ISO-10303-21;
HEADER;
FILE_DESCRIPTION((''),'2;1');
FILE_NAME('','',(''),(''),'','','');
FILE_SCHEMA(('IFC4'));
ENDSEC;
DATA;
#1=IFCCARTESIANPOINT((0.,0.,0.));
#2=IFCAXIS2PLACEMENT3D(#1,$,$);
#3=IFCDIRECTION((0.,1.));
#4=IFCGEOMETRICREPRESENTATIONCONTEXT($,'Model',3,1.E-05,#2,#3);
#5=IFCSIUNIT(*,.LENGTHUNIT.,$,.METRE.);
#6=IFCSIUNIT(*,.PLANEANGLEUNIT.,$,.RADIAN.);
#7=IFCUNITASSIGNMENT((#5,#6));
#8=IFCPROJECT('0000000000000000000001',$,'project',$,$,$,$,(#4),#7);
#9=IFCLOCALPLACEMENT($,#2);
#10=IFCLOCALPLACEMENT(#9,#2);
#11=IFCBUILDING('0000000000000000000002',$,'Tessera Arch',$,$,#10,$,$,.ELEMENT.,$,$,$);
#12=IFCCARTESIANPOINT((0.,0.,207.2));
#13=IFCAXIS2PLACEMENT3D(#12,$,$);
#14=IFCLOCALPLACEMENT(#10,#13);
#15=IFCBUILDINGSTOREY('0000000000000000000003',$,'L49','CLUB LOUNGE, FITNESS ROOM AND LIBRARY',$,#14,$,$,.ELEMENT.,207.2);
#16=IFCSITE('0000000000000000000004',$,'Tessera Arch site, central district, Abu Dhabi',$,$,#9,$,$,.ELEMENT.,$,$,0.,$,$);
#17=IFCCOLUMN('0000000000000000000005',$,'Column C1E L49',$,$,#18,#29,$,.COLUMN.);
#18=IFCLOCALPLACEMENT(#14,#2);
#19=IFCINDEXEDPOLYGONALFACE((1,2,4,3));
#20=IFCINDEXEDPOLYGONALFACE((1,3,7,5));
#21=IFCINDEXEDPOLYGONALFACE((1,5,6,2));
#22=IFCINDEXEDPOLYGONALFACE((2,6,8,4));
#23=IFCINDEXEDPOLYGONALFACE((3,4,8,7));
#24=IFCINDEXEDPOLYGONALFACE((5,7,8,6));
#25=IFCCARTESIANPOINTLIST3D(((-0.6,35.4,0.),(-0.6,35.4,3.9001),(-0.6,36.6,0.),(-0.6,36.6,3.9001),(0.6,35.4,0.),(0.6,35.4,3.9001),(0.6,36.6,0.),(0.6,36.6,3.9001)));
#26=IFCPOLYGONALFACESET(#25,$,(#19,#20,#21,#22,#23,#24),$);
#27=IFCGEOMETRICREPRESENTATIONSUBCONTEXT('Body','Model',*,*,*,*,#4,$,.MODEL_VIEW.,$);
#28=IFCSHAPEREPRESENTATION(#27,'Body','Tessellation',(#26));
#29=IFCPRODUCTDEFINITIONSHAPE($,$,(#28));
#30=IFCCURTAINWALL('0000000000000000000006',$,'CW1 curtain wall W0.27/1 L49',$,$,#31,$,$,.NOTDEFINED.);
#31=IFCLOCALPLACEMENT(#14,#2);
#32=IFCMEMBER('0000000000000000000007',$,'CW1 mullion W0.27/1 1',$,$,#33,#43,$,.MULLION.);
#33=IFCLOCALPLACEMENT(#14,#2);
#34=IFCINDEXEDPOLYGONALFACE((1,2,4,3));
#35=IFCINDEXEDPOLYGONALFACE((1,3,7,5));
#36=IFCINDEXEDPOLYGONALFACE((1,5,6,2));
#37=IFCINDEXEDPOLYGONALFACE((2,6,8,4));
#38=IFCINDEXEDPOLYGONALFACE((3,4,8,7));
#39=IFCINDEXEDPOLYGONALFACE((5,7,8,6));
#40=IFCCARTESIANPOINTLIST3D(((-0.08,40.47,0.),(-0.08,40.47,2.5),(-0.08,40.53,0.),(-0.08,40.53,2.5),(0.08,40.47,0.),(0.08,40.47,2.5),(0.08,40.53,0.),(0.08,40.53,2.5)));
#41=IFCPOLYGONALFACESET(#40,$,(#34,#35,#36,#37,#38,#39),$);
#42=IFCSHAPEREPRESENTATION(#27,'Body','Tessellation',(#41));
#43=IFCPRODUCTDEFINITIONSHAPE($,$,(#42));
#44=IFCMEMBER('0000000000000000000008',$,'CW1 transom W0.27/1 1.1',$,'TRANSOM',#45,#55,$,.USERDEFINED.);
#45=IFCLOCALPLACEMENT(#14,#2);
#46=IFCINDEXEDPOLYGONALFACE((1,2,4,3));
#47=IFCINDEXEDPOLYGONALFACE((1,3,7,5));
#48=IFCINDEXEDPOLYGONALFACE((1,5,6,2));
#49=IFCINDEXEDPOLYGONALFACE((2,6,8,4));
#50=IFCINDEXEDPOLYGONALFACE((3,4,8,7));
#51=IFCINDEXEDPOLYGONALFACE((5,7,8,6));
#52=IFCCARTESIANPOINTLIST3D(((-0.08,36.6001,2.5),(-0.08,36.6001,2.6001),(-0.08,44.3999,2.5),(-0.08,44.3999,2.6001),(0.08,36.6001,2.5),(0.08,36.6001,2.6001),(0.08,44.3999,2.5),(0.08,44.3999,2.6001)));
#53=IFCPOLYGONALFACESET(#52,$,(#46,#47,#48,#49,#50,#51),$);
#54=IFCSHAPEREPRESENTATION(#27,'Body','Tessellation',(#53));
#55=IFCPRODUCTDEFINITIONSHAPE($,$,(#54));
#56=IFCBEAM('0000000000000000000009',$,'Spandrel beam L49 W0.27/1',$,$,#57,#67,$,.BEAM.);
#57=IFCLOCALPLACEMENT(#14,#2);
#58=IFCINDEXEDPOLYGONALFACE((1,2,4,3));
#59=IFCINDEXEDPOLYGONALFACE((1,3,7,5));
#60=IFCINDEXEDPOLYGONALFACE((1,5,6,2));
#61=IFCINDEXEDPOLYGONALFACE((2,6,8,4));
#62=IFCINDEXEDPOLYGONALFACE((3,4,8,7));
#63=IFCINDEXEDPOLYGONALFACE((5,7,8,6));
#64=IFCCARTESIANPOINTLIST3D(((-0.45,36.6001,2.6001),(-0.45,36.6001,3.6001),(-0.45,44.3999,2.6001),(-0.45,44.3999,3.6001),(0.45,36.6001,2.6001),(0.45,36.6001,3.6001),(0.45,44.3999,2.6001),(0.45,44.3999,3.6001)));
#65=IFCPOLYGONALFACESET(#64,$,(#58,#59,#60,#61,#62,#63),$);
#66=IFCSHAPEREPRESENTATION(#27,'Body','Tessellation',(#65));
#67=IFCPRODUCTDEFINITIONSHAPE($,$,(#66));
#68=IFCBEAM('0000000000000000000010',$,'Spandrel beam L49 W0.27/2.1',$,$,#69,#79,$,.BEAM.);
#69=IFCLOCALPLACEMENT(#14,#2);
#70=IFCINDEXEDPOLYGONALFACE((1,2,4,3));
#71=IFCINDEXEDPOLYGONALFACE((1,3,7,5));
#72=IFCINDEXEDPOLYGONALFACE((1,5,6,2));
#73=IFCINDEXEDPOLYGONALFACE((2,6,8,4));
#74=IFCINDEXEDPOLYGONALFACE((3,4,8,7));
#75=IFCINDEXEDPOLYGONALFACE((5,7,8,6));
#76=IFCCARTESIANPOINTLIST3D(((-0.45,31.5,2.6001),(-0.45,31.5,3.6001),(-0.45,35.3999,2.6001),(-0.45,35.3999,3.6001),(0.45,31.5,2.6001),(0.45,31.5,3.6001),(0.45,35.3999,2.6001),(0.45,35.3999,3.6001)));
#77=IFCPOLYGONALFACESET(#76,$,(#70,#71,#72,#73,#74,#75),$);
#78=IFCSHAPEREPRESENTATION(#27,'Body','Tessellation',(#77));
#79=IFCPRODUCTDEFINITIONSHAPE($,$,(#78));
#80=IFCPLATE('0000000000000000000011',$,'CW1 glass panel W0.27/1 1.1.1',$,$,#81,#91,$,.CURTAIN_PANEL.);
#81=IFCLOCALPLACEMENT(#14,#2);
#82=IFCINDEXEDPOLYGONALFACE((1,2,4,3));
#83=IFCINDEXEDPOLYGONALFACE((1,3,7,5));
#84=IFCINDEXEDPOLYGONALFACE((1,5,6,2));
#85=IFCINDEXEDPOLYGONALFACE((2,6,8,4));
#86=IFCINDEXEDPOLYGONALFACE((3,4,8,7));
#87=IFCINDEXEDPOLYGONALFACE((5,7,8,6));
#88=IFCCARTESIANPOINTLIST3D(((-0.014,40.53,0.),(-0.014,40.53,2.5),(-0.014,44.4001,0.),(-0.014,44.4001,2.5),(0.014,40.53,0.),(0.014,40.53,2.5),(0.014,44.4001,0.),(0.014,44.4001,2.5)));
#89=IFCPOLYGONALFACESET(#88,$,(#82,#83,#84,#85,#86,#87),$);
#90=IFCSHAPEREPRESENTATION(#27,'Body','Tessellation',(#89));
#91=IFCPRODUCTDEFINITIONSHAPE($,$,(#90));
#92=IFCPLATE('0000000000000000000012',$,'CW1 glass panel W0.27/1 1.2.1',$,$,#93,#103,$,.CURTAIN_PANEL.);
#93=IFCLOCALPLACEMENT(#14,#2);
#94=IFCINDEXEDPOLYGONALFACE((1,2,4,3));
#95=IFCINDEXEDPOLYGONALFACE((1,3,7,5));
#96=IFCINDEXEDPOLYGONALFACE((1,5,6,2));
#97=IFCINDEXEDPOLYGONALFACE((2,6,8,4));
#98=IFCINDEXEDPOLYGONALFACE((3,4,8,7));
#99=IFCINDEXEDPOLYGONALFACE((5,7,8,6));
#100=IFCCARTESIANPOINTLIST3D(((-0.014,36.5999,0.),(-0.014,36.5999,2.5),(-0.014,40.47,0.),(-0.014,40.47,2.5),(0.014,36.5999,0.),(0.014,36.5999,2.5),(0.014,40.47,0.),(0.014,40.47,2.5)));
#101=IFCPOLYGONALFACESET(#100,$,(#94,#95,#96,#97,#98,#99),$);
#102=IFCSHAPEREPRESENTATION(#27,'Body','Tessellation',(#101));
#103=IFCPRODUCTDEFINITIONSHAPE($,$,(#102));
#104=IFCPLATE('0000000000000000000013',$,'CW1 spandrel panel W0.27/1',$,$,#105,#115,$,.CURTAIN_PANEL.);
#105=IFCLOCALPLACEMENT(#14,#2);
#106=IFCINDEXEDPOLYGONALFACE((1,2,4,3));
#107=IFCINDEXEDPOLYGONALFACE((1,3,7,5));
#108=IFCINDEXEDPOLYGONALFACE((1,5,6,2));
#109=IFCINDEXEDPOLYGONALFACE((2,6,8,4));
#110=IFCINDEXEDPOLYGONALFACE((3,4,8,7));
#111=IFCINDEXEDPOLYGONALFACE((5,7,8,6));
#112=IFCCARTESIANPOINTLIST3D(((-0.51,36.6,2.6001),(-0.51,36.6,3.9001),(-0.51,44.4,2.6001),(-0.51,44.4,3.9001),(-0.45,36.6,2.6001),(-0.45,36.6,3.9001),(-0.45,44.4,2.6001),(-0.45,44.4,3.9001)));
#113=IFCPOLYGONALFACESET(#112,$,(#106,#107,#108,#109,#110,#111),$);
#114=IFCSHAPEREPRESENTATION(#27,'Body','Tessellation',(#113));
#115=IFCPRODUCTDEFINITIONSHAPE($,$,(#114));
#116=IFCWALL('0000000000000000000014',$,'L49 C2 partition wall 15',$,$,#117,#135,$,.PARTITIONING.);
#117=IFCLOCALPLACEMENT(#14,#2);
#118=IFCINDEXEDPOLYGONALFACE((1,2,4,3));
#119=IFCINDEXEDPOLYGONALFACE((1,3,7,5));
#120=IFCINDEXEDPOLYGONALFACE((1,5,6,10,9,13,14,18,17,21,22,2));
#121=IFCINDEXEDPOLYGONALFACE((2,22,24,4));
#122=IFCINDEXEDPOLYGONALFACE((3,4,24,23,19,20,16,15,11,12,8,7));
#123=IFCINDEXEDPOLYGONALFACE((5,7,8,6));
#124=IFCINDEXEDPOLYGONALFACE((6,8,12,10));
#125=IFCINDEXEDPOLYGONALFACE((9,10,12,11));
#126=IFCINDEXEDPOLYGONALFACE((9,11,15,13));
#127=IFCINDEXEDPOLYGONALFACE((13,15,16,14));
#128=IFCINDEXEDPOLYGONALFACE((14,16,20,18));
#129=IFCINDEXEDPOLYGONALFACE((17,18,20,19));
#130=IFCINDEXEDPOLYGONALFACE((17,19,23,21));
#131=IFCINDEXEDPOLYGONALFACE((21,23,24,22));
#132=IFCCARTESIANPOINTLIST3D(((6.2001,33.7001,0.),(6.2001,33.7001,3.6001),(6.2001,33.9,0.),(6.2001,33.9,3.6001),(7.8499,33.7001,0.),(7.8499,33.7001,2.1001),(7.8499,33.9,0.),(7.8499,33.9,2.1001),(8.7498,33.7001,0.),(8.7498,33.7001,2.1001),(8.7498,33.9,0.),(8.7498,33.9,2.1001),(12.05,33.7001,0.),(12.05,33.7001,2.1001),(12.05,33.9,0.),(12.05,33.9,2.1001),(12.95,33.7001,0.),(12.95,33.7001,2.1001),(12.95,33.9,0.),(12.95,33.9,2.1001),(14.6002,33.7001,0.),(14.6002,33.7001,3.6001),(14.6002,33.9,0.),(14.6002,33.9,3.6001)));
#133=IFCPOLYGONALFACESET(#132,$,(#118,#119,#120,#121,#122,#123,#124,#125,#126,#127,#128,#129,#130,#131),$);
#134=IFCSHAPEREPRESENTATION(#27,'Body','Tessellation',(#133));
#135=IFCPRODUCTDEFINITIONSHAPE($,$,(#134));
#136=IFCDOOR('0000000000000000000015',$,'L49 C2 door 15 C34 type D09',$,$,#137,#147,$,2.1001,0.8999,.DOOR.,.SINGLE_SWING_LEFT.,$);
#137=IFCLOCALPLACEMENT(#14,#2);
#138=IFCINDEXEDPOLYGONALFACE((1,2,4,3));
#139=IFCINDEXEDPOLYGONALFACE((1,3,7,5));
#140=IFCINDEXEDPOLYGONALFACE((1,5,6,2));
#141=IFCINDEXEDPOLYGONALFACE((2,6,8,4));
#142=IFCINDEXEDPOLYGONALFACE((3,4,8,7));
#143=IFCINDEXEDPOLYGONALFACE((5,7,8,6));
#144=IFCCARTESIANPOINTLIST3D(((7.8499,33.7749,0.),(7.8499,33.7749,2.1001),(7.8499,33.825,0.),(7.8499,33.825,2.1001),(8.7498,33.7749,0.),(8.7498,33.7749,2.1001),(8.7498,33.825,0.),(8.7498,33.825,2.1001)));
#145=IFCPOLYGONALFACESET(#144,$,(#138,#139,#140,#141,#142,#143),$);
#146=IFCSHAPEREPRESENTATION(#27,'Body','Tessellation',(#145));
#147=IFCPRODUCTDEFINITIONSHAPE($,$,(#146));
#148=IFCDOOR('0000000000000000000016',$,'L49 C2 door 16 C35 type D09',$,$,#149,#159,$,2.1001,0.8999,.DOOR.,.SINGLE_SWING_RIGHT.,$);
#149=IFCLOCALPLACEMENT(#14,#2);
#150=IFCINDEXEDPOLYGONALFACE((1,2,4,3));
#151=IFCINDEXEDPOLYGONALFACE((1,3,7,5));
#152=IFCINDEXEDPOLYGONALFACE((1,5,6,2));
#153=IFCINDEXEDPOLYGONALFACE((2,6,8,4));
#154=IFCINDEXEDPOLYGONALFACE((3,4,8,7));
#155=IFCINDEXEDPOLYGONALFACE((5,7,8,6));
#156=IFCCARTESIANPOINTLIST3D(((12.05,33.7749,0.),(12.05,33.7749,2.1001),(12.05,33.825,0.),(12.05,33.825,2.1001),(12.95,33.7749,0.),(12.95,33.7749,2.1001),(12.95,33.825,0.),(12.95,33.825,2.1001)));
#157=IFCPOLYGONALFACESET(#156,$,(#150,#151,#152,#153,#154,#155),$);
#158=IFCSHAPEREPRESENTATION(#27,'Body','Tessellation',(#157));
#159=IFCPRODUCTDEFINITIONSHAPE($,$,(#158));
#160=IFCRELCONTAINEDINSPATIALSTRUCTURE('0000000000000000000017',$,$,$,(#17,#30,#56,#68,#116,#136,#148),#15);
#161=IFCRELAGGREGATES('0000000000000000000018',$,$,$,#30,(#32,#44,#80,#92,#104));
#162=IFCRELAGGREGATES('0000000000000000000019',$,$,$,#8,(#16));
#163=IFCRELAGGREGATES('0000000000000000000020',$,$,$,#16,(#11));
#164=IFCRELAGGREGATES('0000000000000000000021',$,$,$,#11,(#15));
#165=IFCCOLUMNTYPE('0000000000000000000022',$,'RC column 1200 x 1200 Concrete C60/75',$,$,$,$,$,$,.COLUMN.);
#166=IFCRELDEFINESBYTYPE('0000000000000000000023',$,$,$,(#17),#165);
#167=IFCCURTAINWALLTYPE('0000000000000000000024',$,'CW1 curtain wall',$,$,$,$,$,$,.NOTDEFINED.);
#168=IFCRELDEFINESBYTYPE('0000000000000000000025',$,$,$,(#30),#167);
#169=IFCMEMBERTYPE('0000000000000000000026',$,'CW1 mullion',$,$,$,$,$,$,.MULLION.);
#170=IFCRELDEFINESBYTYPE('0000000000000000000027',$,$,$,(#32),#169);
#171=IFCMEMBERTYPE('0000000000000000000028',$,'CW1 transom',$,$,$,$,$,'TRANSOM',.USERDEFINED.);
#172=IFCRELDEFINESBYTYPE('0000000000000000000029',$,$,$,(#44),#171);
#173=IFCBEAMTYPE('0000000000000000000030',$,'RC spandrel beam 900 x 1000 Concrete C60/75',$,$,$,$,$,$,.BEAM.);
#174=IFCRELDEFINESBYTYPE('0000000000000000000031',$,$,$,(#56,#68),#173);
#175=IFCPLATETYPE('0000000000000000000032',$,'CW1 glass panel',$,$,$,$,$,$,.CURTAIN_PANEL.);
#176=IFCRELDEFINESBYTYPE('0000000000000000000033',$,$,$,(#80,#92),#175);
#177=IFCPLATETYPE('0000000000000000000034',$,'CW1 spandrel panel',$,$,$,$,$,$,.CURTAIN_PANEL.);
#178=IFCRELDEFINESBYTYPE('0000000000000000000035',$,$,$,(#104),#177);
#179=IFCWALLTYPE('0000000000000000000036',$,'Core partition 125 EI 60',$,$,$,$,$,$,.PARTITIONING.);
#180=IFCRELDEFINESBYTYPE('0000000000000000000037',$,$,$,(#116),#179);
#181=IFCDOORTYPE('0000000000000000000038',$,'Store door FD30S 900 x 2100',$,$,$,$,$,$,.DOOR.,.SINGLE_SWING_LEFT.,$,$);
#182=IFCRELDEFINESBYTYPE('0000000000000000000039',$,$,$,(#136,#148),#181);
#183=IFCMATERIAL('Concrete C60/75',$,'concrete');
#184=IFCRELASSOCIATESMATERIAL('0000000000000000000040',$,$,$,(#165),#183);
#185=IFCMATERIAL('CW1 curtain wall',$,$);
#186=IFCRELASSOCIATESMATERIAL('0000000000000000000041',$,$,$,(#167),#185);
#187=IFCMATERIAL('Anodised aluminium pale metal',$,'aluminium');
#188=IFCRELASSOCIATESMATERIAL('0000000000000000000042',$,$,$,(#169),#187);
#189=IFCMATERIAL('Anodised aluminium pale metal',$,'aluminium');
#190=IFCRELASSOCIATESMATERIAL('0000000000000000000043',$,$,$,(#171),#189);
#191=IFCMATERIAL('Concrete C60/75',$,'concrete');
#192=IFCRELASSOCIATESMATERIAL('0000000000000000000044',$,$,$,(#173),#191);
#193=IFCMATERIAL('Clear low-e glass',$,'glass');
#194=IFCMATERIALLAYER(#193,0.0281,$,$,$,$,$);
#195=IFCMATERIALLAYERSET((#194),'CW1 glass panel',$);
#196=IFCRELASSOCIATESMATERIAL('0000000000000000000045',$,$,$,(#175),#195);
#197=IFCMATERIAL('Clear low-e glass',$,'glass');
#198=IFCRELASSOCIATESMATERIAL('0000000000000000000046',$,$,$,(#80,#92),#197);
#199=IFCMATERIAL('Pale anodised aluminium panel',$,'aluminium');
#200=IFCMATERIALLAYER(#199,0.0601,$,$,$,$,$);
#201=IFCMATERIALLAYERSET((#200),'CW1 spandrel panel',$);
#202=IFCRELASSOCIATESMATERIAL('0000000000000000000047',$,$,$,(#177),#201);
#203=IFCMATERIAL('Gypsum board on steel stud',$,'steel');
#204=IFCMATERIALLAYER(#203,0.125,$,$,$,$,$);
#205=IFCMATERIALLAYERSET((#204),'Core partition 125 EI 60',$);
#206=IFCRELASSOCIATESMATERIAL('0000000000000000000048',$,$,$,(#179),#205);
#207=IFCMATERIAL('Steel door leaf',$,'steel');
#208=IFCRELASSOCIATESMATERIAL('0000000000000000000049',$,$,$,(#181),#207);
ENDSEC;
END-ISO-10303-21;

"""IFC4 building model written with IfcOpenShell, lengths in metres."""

from ifc_helpers import new_model, si_unit, direction, frame, frame_2d, origin, origin_2d, place, context, subcontext, project, spatial, rectangle, extrude, material, layer, layer_set, material_profile, profile_set, type_object, element, fill, aggregate, save


model = new_model("IFC4")

# Units and contexts
model_context = context("Model", 3, precision=1e-05, world=origin(), true_north=direction((0.0, 1.0)))
body_context = subcontext(model_context, "Body", "Model", "MODEL_VIEW")
ifc_project = project(units=[si_unit("LENGTHUNIT", "METRE"), si_unit("PLANEANGLEUNIT", "RADIAN")], contexts=[model_context])

# Site, building, storey
site_placement = place(None, origin())
site = spatial("IfcSite", under=ifc_project, at=site_placement, Name="Tessera Arch site, central district, Abu Dhabi", CompositionType="ELEMENT", RefElevation=0.0)
building_placement = place(site_placement, origin())
building = spatial("IfcBuilding", under=site, at=building_placement, Name="Tessera Arch", CompositionType="ELEMENT")
storey_placement = place(building_placement, frame((0.0, 0.0, 207.2)))
storey = spatial("IfcBuildingStorey", under=building, at=storey_placement, Name="L49", Description="CLUB LOUNGE, FITNESS ROOM AND LIBRARY", CompositionType="ELEMENT", Elevation=207.2)

# Column
ifc_material_1 = material(Name="Concrete C60/75", Category="concrete")
ifc_material_profile_1 = material_profile(ifc_material_1, rectangle(XDim=1.2, YDim=1.2, at=origin_2d()), Name="RC column 1200 x 1200 Concrete C60/75")
ifc_profile_set_1 = profile_set([ifc_material_profile_1], Name="Concrete C60/75")
column_type = type_object("IfcColumnType", Name="RC column 1200 x 1200 Concrete C60/75", PredefinedType="COLUMN", material=ifc_profile_set_1)
column_placement = place(storey_placement, frame((0.0, 36.0, 0.0), z_axis=(0.0, 0.0, 1.0), x_axis=(1.0, 0.0, 0.0)))
element("IfcColumn", 1, at=column_placement, inside=storey, type_object=column_type, Name="Column C1E L49", PredefinedType="COLUMN", context=body_context, shape_type="SweptSolid", body=[
    extrude(rectangle(XDim=1.2, YDim=1.2, at=origin_2d()), origin(), (0.0, 0.0, 1.0), 3.9001),
])

# Curtain wall, members
ifc_material_2 = material(Name="CW1 curtain wall")
curtain_wall_type = type_object("IfcCurtainWallType", Name="CW1 curtain wall", PredefinedType="NOTDEFINED", material=ifc_material_2)
curtain_wall_placement = place(storey_placement, origin())
curtain_wall = element("IfcCurtainWall", 2, at=curtain_wall_placement, inside=storey, type_object=curtain_wall_type, Name="CW1 curtain wall W0.27/1 L49", PredefinedType="NOTDEFINED")
ifc_material_3 = material(Name="Anodised aluminium pale metal", Category="aluminium")
ifc_material_profile_2 = material_profile(ifc_material_3, rectangle(XDim=0.1599, YDim=0.0601, at=origin_2d()), Name="AL 60x160")
ifc_profile_set_2 = profile_set([ifc_material_profile_2], Name="Anodised aluminium pale metal")
member_type_1 = type_object("IfcMemberType", Name="CW1 mullion", PredefinedType="MULLION", material=ifc_profile_set_2)
member_1_placement = place(storey_placement, frame((0.0, 40.5, 0.0), z_axis=(0.0, 0.0, 1.0), x_axis=(1.0, 0.0, 0.0)))
member_1 = element("IfcMember", 3, at=member_1_placement, type_object=member_type_1, Name="CW1 mullion W0.27/1 1", PredefinedType="MULLION", context=body_context, shape_type="SweptSolid", body=[
    extrude(rectangle(XDim=0.1599, YDim=0.0601, at=origin_2d()), origin(), (0.0, 0.0, 1.0), 2.5),
])
ifc_material_4 = material(Name="Anodised aluminium pale metal", Category="aluminium")
ifc_material_profile_3 = material_profile(ifc_material_4, rectangle(XDim=0.1599, YDim=0.1001, at=origin_2d()), Name="AL 160x100")
ifc_profile_set_3 = profile_set([ifc_material_profile_3], Name="Anodised aluminium pale metal")
member_type_2 = type_object("IfcMemberType", Name="CW1 transom", ElementType="TRANSOM", PredefinedType="USERDEFINED", material=ifc_profile_set_3)
member_2_placement = place(storey_placement, frame((0.0, 44.3999, 2.55), z_axis=(0.0, -1.0, 0.0), x_axis=(1.0, 0.0, 0.0)))
member_2 = element("IfcMember", 4, at=member_2_placement, type_object=member_type_2, Name="CW1 transom W0.27/1 1.1", ObjectType="TRANSOM", PredefinedType="USERDEFINED", context=body_context, shape_type="SweptSolid", body=[
    extrude(rectangle(XDim=0.1599, YDim=0.1001, at=origin_2d()), origin(), (0.0, 0.0, 1.0), 7.7998),
])

# Beams
ifc_material_5 = material(Name="Concrete C60/75", Category="concrete")
ifc_material_profile_4 = material_profile(ifc_material_5, rectangle(XDim=0.8999, YDim=1.0, at=origin_2d()), Name="RC spandrel beam 900 x 1000 Concrete C60/75")
ifc_profile_set_4 = profile_set([ifc_material_profile_4], Name="Concrete C60/75")
beam_type = type_object("IfcBeamType", Name="RC spandrel beam 900 x 1000 Concrete C60/75", PredefinedType="BEAM", material=ifc_profile_set_4)
beam_1_placement = place(storey_placement, frame((0.0, 44.3999, 3.1001), z_axis=(0.0, -1.0, 0.0), x_axis=(1.0, 0.0, 0.0)))
element("IfcBeam", 5, at=beam_1_placement, inside=storey, type_object=beam_type, Name="Spandrel beam L49 W0.27/1", PredefinedType="BEAM", context=body_context, shape_type="SweptSolid", body=[
    extrude(rectangle(XDim=0.8999, YDim=1.0, at=origin_2d()), origin(), (0.0, 0.0, 1.0), 7.7998),
])
beam_2_placement = place(storey_placement, frame((0.0, 35.3999, 3.1001), z_axis=(0.0, -1.0, 0.0), x_axis=(1.0, 0.0, 0.0)))
element("IfcBeam", 6, at=beam_2_placement, inside=storey, type_object=beam_type, Name="Spandrel beam L49 W0.27/2.1", PredefinedType="BEAM", context=body_context, shape_type="SweptSolid", body=[
    extrude(rectangle(XDim=0.8999, YDim=1.0, at=origin_2d()), origin(), (0.0, 0.0, 1.0), 3.8999),
])

# Plates
ifc_material_6 = material(Name="Clear low-e glass", Category="glass")
ifc_material_7 = material(Name="Clear low-e glass", Category="glass")
ifc_layer_1 = layer(ifc_material_7, 0.0281)
ifc_layer_set_1 = layer_set([ifc_layer_1], Name="CW1 glass panel")
plate_type_1 = type_object("IfcPlateType", Name="CW1 glass panel", PredefinedType="CURTAIN_PANEL", material=ifc_layer_set_1)
plate_1_placement = place(storey_placement, frame((0.0, 42.4651, 0.0), z_axis=(0.0, 0.0, 1.0), x_axis=(0.0, -1.0, 0.0)))
plate_1 = element("IfcPlate", 7, at=plate_1_placement, type_object=plate_type_1, material=ifc_material_6, Name="CW1 glass panel W0.27/1 1.1.1", PredefinedType="CURTAIN_PANEL", context=body_context, shape_type="SweptSolid", body=[
    extrude(rectangle(XDim=3.8701, YDim=0.0281, at=origin_2d()), origin(), (0.0, 0.0, 1.0), 2.5),
])
plate_2_placement = place(storey_placement, frame((0.0, 38.5349, 0.0), z_axis=(0.0, 0.0, 1.0), x_axis=(0.0, -1.0, 0.0)))
plate_2 = element("IfcPlate", 8, at=plate_2_placement, type_object=plate_type_1, material=ifc_material_6, Name="CW1 glass panel W0.27/1 1.2.1", PredefinedType="CURTAIN_PANEL", context=body_context, shape_type="SweptSolid", body=[
    extrude(rectangle(XDim=3.8701, YDim=0.0281, at=origin_2d()), origin(), (0.0, 0.0, 1.0), 2.5),
])
ifc_material_8 = material(Name="Pale anodised aluminium panel", Category="aluminium")
ifc_layer_2 = layer(ifc_material_8, 0.0601)
ifc_layer_set_2 = layer_set([ifc_layer_2], Name="CW1 spandrel panel")
plate_type_2 = type_object("IfcPlateType", Name="CW1 spandrel panel", PredefinedType="CURTAIN_PANEL", material=ifc_layer_set_2)
plate_3_placement = place(storey_placement, frame((-0.48, 40.5, 2.6001), z_axis=(0.0, 0.0, 1.0), x_axis=(0.0, -1.0, 0.0)))
plate_3 = element("IfcPlate", 9, at=plate_3_placement, type_object=plate_type_2, Name="CW1 spandrel panel W0.27/1", PredefinedType="CURTAIN_PANEL", context=body_context, shape_type="SweptSolid", body=[
    extrude(rectangle(XDim=7.8, YDim=0.0601, at=origin_2d()), origin(), (0.0, 0.0, 1.0), 1.3),
])
aggregate(curtain_wall, [member_1, member_2, plate_1, plate_2, plate_3])

# Wall, openings, doors
ifc_material_9 = material(Name="Gypsum board on steel stud", Category="steel")
ifc_layer_3 = layer(ifc_material_9, 0.125)
ifc_layer_set_3 = layer_set([ifc_layer_3], Name="Core partition 125 EI 60")
wall_type_1 = type_object("IfcWallType", Name="Core partition 125 EI 60", PredefinedType="PARTITIONING", material=ifc_layer_set_3)
wall_1_placement = place(storey_placement, frame((6.2, 33.8, 0.0), z_axis=(0.0, 0.0, 1.0), x_axis=(1.0, 0.0, 0.0)))
wall_1 = element("IfcWall", 10, at=wall_1_placement, inside=storey, type_object=wall_type_1, Name="L49 C2 partition wall 15", PredefinedType="PARTITIONING", context=body_context, shape_type="SweptSolid", body=[
    extrude(rectangle(XDim=8.4001, YDim=0.2, at=frame_2d((4.2002, 0.0))), origin(), (0.0, 0.0, 1.0), 3.6001),
])
opening_1_placement = place(wall_1_placement, frame((1.6499, 0.0, 0.0)))
opening_1 = element("IfcOpeningElement", 11, at=opening_1_placement, cuts=wall_1, PredefinedType="OPENING", context=body_context, shape_type="SweptSolid", body=[
    extrude(rectangle(XDim=0.8999, YDim=2.1001, at=frame_2d((0.45, 1.05))), frame((0.0, 0.1099, 0.0), z_axis=(0.0, -1.0, 0.0), x_axis=(1.0, 0.0, 0.0)), (0.0, 0.0, 1.0), 0.22),
])
opening_2_placement = place(wall_1_placement, frame((5.8501, 0.0, 0.0)))
opening_2 = element("IfcOpeningElement", 12, at=opening_2_placement, cuts=wall_1, PredefinedType="OPENING", context=body_context, shape_type="SweptSolid", body=[
    extrude(rectangle(XDim=0.8999, YDim=2.1001, at=frame_2d((0.45, 1.05))), frame((0.0, 0.1099, 0.0), z_axis=(0.0, -1.0, 0.0), x_axis=(1.0, 0.0, 0.0)), (0.0, 0.0, 1.0), 0.22),
])
ifc_material_10 = material(Name="Steel door leaf", Category="steel")
door_type_1 = type_object("IfcDoorType", Name="Store door FD30S 900 x 2100", OperationType="SINGLE_SWING_LEFT", PredefinedType="DOOR", material=ifc_material_10)
door_1_placement = place(opening_1_placement, origin())
door_1 = element("IfcDoor", 13, at=door_1_placement, inside=storey, type_object=door_type_1, Name="L49 C2 door 15 C34 type D09", OperationType="SINGLE_SWING_LEFT", OverallHeight=2.1001, OverallWidth=0.8999, PredefinedType="DOOR", context=body_context, shape_type="SweptSolid", body=[
    extrude(rectangle(XDim=0.8999, YDim=2.1001, at=frame_2d((0.45, 1.05))), frame((0.0, 0.0249, 0.0), z_axis=(0.0, -1.0, 0.0), x_axis=(1.0, 0.0, 0.0)), (0.0, 0.0, 1.0), 0.05),
])
fill(opening_1, door_1)
door_2_placement = place(opening_2_placement, origin())
door_2 = element("IfcDoor", 14, at=door_2_placement, inside=storey, type_object=door_type_1, Name="L49 C2 door 16 C35 type D09", OperationType="SINGLE_SWING_RIGHT", OverallHeight=2.1001, OverallWidth=0.8999, PredefinedType="DOOR", context=body_context, shape_type="SweptSolid", body=[
    extrude(rectangle(XDim=0.8999, YDim=2.1001, at=frame_2d((0.45, 1.05))), frame((0.0, 0.0249, 0.0), z_axis=(0.0, -1.0, 0.0), x_axis=(1.0, 0.0, 0.0)), (0.0, 0.0, 1.0), 0.05),
])
fill(opening_2, door_2)

save(model, "model.ifc")
